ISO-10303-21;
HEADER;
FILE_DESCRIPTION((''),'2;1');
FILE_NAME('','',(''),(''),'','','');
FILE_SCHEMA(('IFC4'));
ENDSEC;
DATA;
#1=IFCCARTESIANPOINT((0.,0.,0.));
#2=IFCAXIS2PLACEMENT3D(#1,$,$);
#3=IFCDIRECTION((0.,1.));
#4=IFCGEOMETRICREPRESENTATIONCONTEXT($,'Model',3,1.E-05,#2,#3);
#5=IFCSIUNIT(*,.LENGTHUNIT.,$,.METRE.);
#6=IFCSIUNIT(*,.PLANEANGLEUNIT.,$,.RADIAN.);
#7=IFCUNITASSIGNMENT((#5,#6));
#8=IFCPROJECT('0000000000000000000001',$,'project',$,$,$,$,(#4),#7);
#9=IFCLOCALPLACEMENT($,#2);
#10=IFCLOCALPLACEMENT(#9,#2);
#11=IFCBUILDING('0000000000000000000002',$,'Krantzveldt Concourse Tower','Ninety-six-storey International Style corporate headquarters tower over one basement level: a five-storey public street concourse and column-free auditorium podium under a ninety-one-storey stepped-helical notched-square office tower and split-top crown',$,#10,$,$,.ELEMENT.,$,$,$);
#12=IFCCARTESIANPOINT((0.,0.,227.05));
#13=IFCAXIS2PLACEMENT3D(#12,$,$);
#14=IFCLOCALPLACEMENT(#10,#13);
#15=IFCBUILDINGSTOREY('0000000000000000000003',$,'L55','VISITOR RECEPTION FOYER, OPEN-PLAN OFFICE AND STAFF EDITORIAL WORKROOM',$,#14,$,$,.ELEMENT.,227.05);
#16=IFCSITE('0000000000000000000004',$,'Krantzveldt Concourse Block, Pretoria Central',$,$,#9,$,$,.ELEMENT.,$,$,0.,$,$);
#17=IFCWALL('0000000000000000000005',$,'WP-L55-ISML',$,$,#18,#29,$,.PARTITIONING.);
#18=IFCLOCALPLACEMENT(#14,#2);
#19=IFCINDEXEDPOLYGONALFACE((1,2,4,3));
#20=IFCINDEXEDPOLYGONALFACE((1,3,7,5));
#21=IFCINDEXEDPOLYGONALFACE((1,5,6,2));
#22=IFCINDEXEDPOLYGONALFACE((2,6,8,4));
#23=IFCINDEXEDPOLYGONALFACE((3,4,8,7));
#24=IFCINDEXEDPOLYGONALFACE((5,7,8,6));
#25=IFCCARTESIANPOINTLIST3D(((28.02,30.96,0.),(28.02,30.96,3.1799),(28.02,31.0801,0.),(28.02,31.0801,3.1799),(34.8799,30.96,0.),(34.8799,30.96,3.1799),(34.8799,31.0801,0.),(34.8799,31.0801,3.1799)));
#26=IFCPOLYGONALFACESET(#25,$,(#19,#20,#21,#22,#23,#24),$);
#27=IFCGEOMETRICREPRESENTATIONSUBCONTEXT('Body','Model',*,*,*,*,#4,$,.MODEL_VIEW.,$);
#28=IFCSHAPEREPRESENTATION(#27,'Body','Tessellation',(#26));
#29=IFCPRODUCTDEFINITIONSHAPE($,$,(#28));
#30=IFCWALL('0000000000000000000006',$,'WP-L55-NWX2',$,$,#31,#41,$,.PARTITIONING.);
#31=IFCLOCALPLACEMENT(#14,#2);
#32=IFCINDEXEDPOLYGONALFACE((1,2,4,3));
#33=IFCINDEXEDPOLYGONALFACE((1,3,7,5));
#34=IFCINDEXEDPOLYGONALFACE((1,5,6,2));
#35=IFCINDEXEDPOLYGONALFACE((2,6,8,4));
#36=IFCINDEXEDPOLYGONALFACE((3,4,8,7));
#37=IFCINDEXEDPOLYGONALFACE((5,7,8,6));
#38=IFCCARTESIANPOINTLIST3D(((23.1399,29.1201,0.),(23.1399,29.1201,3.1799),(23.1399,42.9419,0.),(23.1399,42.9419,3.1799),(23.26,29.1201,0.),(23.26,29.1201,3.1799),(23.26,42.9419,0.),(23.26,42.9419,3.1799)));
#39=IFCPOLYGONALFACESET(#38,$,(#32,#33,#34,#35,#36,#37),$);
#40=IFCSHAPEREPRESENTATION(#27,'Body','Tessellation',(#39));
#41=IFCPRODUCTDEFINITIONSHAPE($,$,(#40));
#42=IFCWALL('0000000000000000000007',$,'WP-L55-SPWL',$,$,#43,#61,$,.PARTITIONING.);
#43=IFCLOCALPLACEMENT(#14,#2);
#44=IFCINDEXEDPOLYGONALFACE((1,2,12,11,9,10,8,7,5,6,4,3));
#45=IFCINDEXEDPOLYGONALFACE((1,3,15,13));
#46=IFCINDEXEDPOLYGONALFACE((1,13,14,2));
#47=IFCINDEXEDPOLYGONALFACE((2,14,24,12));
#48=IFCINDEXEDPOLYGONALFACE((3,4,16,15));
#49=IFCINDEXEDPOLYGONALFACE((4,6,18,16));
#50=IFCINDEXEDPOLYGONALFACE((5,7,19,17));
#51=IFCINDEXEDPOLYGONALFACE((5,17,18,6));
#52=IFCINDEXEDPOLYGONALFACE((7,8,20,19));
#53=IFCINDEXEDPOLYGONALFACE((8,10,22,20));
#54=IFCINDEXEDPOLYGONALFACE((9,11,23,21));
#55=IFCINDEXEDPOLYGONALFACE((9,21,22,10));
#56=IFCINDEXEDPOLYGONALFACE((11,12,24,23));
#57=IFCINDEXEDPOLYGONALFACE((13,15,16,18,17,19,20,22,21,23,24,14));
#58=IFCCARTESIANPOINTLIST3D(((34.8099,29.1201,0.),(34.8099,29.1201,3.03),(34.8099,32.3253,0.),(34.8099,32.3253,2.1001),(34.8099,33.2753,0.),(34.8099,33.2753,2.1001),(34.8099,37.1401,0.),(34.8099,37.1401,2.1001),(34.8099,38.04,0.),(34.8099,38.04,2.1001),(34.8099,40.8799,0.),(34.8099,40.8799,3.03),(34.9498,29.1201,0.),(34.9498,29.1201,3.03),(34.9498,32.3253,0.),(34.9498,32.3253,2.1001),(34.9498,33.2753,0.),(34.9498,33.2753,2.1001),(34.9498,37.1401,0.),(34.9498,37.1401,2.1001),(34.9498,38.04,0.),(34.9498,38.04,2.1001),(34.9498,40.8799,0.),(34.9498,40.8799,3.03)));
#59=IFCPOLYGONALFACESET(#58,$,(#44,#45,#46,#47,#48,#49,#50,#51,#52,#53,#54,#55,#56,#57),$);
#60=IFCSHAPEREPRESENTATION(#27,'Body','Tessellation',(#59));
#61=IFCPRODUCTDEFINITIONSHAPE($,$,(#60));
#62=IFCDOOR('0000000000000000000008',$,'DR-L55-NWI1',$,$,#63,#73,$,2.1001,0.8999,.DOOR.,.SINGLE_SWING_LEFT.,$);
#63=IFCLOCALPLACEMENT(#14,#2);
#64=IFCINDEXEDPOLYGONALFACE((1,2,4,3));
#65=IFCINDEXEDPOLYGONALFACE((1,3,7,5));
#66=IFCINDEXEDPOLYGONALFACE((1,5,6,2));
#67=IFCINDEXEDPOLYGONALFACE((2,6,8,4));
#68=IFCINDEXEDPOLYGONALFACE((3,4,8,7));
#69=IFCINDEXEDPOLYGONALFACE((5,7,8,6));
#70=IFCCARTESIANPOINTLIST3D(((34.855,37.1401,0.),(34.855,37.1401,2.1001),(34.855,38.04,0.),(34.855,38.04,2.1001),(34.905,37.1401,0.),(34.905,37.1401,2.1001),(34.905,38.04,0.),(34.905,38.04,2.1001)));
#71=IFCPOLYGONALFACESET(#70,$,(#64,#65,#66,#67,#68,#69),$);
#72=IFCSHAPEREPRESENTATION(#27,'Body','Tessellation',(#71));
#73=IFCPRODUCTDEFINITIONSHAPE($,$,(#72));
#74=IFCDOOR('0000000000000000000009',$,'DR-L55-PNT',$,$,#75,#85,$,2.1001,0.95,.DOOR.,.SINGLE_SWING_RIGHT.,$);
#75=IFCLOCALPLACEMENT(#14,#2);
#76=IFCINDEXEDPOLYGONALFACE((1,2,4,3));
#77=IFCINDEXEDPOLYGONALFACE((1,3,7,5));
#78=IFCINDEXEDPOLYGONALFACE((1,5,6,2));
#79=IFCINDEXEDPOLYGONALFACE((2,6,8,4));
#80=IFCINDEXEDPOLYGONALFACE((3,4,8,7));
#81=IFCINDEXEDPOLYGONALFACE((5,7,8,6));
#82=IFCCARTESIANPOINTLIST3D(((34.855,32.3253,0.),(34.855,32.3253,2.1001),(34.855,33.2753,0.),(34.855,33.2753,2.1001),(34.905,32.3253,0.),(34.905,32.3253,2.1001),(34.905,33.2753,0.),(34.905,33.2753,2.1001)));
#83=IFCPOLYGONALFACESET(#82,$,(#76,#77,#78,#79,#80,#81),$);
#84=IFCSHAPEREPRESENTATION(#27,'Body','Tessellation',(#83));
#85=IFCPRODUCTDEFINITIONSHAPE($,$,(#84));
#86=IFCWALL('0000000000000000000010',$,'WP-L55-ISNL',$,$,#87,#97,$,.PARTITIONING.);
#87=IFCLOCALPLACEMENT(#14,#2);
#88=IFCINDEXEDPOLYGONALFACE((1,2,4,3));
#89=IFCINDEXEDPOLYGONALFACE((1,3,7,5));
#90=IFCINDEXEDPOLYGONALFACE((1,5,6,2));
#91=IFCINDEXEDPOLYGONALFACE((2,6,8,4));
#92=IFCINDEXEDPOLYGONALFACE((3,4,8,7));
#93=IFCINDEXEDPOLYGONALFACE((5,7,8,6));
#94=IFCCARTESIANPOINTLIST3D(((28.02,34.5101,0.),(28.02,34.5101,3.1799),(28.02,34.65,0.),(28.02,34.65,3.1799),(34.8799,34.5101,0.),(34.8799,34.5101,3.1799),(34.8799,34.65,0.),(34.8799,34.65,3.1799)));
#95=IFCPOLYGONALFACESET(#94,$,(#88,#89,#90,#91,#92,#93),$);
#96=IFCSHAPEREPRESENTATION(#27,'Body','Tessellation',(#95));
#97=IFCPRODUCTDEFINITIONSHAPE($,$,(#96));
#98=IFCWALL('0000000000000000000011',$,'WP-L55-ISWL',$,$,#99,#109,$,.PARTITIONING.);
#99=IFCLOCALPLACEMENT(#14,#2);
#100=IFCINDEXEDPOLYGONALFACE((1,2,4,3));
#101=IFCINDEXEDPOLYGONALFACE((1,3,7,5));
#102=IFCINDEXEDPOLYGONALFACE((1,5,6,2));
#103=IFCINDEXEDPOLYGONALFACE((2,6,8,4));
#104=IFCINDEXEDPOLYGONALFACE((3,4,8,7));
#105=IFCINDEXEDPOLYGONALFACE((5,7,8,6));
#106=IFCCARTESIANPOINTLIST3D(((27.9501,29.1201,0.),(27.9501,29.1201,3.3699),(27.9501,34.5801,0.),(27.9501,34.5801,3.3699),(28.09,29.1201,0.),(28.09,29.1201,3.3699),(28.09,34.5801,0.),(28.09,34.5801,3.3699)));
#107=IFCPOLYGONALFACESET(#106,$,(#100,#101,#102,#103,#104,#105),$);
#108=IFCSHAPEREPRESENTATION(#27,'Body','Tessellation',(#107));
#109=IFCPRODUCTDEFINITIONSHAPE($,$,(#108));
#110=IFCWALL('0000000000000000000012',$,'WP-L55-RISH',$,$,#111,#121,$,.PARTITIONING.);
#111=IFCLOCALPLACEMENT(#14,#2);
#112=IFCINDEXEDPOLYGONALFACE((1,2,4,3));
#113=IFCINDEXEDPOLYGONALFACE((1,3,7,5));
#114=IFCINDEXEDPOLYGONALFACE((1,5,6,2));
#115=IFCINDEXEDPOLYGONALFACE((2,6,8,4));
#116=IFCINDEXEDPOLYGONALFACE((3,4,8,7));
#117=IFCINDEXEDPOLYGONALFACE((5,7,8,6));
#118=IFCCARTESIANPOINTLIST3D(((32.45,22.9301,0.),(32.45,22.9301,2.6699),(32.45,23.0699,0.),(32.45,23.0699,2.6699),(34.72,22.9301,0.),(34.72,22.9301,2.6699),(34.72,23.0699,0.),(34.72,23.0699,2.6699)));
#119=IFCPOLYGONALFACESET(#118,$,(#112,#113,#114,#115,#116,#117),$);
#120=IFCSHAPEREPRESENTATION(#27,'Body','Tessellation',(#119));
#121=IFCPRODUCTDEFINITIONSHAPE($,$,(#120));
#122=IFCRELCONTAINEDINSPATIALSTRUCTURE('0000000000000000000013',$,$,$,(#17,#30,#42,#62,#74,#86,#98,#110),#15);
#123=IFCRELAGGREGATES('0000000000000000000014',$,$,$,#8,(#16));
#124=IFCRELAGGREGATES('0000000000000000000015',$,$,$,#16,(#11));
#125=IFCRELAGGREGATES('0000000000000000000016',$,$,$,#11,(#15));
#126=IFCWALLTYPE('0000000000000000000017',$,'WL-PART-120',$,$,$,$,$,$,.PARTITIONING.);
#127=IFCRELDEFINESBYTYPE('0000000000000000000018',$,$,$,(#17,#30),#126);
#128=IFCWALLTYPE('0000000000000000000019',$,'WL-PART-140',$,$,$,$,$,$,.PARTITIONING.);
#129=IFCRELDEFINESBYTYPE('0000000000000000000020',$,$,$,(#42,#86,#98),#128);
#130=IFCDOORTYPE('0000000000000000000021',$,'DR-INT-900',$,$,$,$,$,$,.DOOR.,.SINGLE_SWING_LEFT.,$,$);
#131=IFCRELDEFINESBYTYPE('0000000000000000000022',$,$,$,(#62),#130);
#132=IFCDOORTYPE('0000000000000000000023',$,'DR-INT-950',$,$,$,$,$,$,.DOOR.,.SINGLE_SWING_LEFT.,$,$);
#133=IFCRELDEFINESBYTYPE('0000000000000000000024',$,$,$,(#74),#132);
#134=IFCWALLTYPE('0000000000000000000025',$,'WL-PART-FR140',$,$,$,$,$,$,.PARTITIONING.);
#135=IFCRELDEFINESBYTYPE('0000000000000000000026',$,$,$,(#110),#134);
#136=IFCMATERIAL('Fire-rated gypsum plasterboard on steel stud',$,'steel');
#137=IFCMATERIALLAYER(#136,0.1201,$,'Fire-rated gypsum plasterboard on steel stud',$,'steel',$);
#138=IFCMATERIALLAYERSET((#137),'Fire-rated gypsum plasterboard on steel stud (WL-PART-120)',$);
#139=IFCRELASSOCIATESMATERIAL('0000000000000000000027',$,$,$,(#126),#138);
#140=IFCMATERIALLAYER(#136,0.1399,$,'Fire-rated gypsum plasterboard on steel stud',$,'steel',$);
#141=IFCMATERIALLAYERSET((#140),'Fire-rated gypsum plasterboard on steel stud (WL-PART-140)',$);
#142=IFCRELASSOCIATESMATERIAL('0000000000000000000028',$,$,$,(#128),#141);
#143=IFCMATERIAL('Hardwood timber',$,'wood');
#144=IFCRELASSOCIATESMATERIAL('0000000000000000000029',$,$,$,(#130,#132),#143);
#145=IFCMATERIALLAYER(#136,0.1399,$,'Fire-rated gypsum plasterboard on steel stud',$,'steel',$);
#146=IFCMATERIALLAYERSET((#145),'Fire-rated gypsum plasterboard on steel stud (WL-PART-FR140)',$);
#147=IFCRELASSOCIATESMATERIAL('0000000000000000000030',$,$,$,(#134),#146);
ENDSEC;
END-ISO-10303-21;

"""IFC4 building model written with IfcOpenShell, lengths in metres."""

from ifc_helpers import new_model, si_unit, direction, frame, frame_2d, origin, place, context, subcontext, project, spatial, rectangle, extrude, material, layer, layer_set, type_object, element, fill, save


model = new_model("IFC4")

# Units and contexts
model_context = context("Model", 3, precision=1e-05, world=origin(), true_north=direction((0.0, 1.0)))
body_context = subcontext(model_context, "Body", "Model", "MODEL_VIEW")
ifc_project = project(units=[si_unit("LENGTHUNIT", "METRE"), si_unit("PLANEANGLEUNIT", "RADIAN")], contexts=[model_context])

# Site, building, storey
site_placement = place(None, origin())
site = spatial("IfcSite", under=ifc_project, at=site_placement, Name="Krantzveldt Concourse Block, Pretoria Central", CompositionType="ELEMENT", RefElevation=0.0)
building_placement = place(site_placement, origin())
building = spatial("IfcBuilding", under=site, at=building_placement, Name="Krantzveldt Concourse Tower", Description="Ninety-six-storey International Style corporate headquarters tower over one basement level: a five-storey public street concourse and column-free auditorium podium under a ninety-one-storey stepped-helical notched-square office tower and split-top crown", CompositionType="ELEMENT")
storey_placement = place(building_placement, frame((0.0, 0.0, 227.05)))
storey = spatial("IfcBuildingStorey", under=building, at=storey_placement, Name="L55", Description="VISITOR RECEPTION FOYER, OPEN-PLAN OFFICE AND STAFF EDITORIAL WORKROOM", CompositionType="ELEMENT", Elevation=227.05)

# Walls
ifc_material_1 = material(Name="Fire-rated gypsum plasterboard on steel stud", Category="steel")
ifc_layer_1 = layer(ifc_material_1, 0.1201, Name="Fire-rated gypsum plasterboard on steel stud", Category="steel")
ifc_layer_set_1 = layer_set([ifc_layer_1], Name="Fire-rated gypsum plasterboard on steel stud (WL-PART-120)")
wall_type_1 = type_object("IfcWallType", Name="WL-PART-120", PredefinedType="PARTITIONING", material=ifc_layer_set_1)
wall_1_placement = place(storey_placement, frame((28.02, 31.02, 0.0), z_axis=(0.0, 0.0, 1.0), x_axis=(1.0, 0.0, 0.0)))
element("IfcWall", 1, at=wall_1_placement, inside=storey, type_object=wall_type_1, Name="WP-L55-ISML", PredefinedType="PARTITIONING", context=body_context, shape_type="SweptSolid", body=[
    extrude(rectangle(XDim=6.8599, YDim=0.1201, at=frame_2d((3.4299, 0.0))), origin(), (0.0, 0.0, 1.0), 3.1799),
])
wall_2_placement = place(storey_placement, frame((23.2, 29.1201, 0.0), z_axis=(0.0, 0.0, 1.0), x_axis=(0.0, 1.0, 0.0)))
element("IfcWall", 2, at=wall_2_placement, inside=storey, type_object=wall_type_1, Name="WP-L55-NWX2", PredefinedType="PARTITIONING", context=body_context, shape_type="SweptSolid", body=[
    extrude(rectangle(XDim=13.8218, YDim=0.1201, at=frame_2d((6.9109, 0.0))), origin(), (0.0, 0.0, 1.0), 3.1799),
])

# Wall, openings, doors
ifc_layer_2 = layer(ifc_material_1, 0.1399, Name="Fire-rated gypsum plasterboard on steel stud", Category="steel")
ifc_layer_set_2 = layer_set([ifc_layer_2], Name="Fire-rated gypsum plasterboard on steel stud (WL-PART-140)")
wall_type_2 = type_object("IfcWallType", Name="WL-PART-140", PredefinedType="PARTITIONING", material=ifc_layer_set_2)
wall_3_placement = place(storey_placement, frame((34.8799, 29.1201, 0.0), z_axis=(0.0, 0.0, 1.0), x_axis=(0.0, 1.0, 0.0)))
wall_3 = element("IfcWall", 3, at=wall_3_placement, inside=storey, type_object=wall_type_2, Name="WP-L55-SPWL", PredefinedType="PARTITIONING", context=body_context, shape_type="SweptSolid", body=[
    extrude(rectangle(XDim=11.7598, YDim=0.1399, at=frame_2d((5.8799, 0.0))), origin(), (0.0, 0.0, 1.0), 3.03),
])
opening_1_placement = place(wall_3_placement, frame((3.2051, 0.0, 0.0)))
opening_1 = element("IfcOpeningElement", 4, at=opening_1_placement, cuts=wall_3, PredefinedType="OPENING", context=body_context, shape_type="SweptSolid", body=[
    extrude(rectangle(XDim=0.95, YDim=2.1001, at=frame_2d((0.4751, 1.05))), frame((0.0, 0.0801, 0.0), z_axis=(0.0, -1.0, 0.0), x_axis=(1.0, 0.0, 0.0)), (0.0, 0.0, 1.0), 0.1599),
])
opening_2_placement = place(wall_3_placement, frame((8.02, 0.0, 0.0)))
opening_2 = element("IfcOpeningElement", 5, at=opening_2_placement, cuts=wall_3, PredefinedType="OPENING", context=body_context, shape_type="SweptSolid", body=[
    extrude(rectangle(XDim=0.8999, YDim=2.1001, at=frame_2d((0.45, 1.05))), frame((0.0, 0.0801, 0.0), z_axis=(0.0, -1.0, 0.0), x_axis=(1.0, 0.0, 0.0)), (0.0, 0.0, 1.0), 0.1599),
])
ifc_material_2 = material(Name="Hardwood timber", Category="wood")
door_type_1 = type_object("IfcDoorType", Name="DR-INT-900", OperationType="SINGLE_SWING_LEFT", PredefinedType="DOOR", material=ifc_material_2)
door_1_placement = place(opening_2_placement, origin())
door_1 = element("IfcDoor", 6, at=door_1_placement, inside=storey, type_object=door_type_1, Name="DR-L55-NWI1", OperationType="SINGLE_SWING_LEFT", OverallHeight=2.1001, OverallWidth=0.8999, PredefinedType="DOOR", context=body_context, shape_type="SweptSolid", body=[
    extrude(rectangle(XDim=0.8999, YDim=2.1001, at=frame_2d((0.45, 1.05))), frame((0.0, 0.0249, 0.0), z_axis=(0.0, -1.0, 0.0), x_axis=(1.0, 0.0, 0.0)), (0.0, 0.0, 1.0), 0.05),
])
fill(opening_2, door_1)
door_type_2 = type_object("IfcDoorType", Name="DR-INT-950", OperationType="SINGLE_SWING_LEFT", PredefinedType="DOOR", material=ifc_material_2)
door_2_placement = place(opening_1_placement, origin())
door_2 = element("IfcDoor", 7, at=door_2_placement, inside=storey, type_object=door_type_2, Name="DR-L55-PNT", OperationType="SINGLE_SWING_RIGHT", OverallHeight=2.1001, OverallWidth=0.95, PredefinedType="DOOR", context=body_context, shape_type="SweptSolid", body=[
    extrude(rectangle(XDim=0.95, YDim=2.1001, at=frame_2d((0.4751, 1.05))), frame((0.0, 0.0249, 0.0), z_axis=(0.0, -1.0, 0.0), x_axis=(1.0, 0.0, 0.0)), (0.0, 0.0, 1.0), 0.05),
])
fill(opening_1, door_2)

# Walls
wall_4_placement = place(storey_placement, frame((28.02, 34.5801, 0.0), z_axis=(0.0, 0.0, 1.0), x_axis=(1.0, 0.0, 0.0)))
element("IfcWall", 8, at=wall_4_placement, inside=storey, type_object=wall_type_2, Name="WP-L55-ISNL", PredefinedType="PARTITIONING", context=body_context, shape_type="SweptSolid", body=[
    extrude(rectangle(XDim=6.8599, YDim=0.1399, at=frame_2d((3.4299, 0.0))), origin(), (0.0, 0.0, 1.0), 3.1799),
])
wall_5_placement = place(storey_placement, frame((28.02, 29.1201, 0.0), z_axis=(0.0, 0.0, 1.0), x_axis=(0.0, 1.0, 0.0)))
element("IfcWall", 9, at=wall_5_placement, inside=storey, type_object=wall_type_2, Name="WP-L55-ISWL", PredefinedType="PARTITIONING", context=body_context, shape_type="SweptSolid", body=[
    extrude(rectangle(XDim=5.46, YDim=0.1399, at=frame_2d((2.73, 0.0))), origin(), (0.0, 0.0, 1.0), 3.3699),
])
ifc_layer_3 = layer(ifc_material_1, 0.1399, Name="Fire-rated gypsum plasterboard on steel stud", Category="steel")
ifc_layer_set_3 = layer_set([ifc_layer_3], Name="Fire-rated gypsum plasterboard on steel stud (WL-PART-FR140)")
wall_type_3 = type_object("IfcWallType", Name="WL-PART-FR140", PredefinedType="PARTITIONING", material=ifc_layer_set_3)
wall_6_placement = place(storey_placement, frame((32.45, 23.0, 0.0), z_axis=(0.0, 0.0, 1.0), x_axis=(1.0, 0.0, 0.0)))
element("IfcWall", 10, at=wall_6_placement, inside=storey, type_object=wall_type_3, Name="WP-L55-RISH", PredefinedType="PARTITIONING", context=body_context, shape_type="SweptSolid", body=[
    extrude(rectangle(XDim=2.27, YDim=0.1399, at=frame_2d((1.135, 0.0))), origin(), (0.0, 0.0, 1.0), 2.6699),
])

save(model, "model.ifc")
